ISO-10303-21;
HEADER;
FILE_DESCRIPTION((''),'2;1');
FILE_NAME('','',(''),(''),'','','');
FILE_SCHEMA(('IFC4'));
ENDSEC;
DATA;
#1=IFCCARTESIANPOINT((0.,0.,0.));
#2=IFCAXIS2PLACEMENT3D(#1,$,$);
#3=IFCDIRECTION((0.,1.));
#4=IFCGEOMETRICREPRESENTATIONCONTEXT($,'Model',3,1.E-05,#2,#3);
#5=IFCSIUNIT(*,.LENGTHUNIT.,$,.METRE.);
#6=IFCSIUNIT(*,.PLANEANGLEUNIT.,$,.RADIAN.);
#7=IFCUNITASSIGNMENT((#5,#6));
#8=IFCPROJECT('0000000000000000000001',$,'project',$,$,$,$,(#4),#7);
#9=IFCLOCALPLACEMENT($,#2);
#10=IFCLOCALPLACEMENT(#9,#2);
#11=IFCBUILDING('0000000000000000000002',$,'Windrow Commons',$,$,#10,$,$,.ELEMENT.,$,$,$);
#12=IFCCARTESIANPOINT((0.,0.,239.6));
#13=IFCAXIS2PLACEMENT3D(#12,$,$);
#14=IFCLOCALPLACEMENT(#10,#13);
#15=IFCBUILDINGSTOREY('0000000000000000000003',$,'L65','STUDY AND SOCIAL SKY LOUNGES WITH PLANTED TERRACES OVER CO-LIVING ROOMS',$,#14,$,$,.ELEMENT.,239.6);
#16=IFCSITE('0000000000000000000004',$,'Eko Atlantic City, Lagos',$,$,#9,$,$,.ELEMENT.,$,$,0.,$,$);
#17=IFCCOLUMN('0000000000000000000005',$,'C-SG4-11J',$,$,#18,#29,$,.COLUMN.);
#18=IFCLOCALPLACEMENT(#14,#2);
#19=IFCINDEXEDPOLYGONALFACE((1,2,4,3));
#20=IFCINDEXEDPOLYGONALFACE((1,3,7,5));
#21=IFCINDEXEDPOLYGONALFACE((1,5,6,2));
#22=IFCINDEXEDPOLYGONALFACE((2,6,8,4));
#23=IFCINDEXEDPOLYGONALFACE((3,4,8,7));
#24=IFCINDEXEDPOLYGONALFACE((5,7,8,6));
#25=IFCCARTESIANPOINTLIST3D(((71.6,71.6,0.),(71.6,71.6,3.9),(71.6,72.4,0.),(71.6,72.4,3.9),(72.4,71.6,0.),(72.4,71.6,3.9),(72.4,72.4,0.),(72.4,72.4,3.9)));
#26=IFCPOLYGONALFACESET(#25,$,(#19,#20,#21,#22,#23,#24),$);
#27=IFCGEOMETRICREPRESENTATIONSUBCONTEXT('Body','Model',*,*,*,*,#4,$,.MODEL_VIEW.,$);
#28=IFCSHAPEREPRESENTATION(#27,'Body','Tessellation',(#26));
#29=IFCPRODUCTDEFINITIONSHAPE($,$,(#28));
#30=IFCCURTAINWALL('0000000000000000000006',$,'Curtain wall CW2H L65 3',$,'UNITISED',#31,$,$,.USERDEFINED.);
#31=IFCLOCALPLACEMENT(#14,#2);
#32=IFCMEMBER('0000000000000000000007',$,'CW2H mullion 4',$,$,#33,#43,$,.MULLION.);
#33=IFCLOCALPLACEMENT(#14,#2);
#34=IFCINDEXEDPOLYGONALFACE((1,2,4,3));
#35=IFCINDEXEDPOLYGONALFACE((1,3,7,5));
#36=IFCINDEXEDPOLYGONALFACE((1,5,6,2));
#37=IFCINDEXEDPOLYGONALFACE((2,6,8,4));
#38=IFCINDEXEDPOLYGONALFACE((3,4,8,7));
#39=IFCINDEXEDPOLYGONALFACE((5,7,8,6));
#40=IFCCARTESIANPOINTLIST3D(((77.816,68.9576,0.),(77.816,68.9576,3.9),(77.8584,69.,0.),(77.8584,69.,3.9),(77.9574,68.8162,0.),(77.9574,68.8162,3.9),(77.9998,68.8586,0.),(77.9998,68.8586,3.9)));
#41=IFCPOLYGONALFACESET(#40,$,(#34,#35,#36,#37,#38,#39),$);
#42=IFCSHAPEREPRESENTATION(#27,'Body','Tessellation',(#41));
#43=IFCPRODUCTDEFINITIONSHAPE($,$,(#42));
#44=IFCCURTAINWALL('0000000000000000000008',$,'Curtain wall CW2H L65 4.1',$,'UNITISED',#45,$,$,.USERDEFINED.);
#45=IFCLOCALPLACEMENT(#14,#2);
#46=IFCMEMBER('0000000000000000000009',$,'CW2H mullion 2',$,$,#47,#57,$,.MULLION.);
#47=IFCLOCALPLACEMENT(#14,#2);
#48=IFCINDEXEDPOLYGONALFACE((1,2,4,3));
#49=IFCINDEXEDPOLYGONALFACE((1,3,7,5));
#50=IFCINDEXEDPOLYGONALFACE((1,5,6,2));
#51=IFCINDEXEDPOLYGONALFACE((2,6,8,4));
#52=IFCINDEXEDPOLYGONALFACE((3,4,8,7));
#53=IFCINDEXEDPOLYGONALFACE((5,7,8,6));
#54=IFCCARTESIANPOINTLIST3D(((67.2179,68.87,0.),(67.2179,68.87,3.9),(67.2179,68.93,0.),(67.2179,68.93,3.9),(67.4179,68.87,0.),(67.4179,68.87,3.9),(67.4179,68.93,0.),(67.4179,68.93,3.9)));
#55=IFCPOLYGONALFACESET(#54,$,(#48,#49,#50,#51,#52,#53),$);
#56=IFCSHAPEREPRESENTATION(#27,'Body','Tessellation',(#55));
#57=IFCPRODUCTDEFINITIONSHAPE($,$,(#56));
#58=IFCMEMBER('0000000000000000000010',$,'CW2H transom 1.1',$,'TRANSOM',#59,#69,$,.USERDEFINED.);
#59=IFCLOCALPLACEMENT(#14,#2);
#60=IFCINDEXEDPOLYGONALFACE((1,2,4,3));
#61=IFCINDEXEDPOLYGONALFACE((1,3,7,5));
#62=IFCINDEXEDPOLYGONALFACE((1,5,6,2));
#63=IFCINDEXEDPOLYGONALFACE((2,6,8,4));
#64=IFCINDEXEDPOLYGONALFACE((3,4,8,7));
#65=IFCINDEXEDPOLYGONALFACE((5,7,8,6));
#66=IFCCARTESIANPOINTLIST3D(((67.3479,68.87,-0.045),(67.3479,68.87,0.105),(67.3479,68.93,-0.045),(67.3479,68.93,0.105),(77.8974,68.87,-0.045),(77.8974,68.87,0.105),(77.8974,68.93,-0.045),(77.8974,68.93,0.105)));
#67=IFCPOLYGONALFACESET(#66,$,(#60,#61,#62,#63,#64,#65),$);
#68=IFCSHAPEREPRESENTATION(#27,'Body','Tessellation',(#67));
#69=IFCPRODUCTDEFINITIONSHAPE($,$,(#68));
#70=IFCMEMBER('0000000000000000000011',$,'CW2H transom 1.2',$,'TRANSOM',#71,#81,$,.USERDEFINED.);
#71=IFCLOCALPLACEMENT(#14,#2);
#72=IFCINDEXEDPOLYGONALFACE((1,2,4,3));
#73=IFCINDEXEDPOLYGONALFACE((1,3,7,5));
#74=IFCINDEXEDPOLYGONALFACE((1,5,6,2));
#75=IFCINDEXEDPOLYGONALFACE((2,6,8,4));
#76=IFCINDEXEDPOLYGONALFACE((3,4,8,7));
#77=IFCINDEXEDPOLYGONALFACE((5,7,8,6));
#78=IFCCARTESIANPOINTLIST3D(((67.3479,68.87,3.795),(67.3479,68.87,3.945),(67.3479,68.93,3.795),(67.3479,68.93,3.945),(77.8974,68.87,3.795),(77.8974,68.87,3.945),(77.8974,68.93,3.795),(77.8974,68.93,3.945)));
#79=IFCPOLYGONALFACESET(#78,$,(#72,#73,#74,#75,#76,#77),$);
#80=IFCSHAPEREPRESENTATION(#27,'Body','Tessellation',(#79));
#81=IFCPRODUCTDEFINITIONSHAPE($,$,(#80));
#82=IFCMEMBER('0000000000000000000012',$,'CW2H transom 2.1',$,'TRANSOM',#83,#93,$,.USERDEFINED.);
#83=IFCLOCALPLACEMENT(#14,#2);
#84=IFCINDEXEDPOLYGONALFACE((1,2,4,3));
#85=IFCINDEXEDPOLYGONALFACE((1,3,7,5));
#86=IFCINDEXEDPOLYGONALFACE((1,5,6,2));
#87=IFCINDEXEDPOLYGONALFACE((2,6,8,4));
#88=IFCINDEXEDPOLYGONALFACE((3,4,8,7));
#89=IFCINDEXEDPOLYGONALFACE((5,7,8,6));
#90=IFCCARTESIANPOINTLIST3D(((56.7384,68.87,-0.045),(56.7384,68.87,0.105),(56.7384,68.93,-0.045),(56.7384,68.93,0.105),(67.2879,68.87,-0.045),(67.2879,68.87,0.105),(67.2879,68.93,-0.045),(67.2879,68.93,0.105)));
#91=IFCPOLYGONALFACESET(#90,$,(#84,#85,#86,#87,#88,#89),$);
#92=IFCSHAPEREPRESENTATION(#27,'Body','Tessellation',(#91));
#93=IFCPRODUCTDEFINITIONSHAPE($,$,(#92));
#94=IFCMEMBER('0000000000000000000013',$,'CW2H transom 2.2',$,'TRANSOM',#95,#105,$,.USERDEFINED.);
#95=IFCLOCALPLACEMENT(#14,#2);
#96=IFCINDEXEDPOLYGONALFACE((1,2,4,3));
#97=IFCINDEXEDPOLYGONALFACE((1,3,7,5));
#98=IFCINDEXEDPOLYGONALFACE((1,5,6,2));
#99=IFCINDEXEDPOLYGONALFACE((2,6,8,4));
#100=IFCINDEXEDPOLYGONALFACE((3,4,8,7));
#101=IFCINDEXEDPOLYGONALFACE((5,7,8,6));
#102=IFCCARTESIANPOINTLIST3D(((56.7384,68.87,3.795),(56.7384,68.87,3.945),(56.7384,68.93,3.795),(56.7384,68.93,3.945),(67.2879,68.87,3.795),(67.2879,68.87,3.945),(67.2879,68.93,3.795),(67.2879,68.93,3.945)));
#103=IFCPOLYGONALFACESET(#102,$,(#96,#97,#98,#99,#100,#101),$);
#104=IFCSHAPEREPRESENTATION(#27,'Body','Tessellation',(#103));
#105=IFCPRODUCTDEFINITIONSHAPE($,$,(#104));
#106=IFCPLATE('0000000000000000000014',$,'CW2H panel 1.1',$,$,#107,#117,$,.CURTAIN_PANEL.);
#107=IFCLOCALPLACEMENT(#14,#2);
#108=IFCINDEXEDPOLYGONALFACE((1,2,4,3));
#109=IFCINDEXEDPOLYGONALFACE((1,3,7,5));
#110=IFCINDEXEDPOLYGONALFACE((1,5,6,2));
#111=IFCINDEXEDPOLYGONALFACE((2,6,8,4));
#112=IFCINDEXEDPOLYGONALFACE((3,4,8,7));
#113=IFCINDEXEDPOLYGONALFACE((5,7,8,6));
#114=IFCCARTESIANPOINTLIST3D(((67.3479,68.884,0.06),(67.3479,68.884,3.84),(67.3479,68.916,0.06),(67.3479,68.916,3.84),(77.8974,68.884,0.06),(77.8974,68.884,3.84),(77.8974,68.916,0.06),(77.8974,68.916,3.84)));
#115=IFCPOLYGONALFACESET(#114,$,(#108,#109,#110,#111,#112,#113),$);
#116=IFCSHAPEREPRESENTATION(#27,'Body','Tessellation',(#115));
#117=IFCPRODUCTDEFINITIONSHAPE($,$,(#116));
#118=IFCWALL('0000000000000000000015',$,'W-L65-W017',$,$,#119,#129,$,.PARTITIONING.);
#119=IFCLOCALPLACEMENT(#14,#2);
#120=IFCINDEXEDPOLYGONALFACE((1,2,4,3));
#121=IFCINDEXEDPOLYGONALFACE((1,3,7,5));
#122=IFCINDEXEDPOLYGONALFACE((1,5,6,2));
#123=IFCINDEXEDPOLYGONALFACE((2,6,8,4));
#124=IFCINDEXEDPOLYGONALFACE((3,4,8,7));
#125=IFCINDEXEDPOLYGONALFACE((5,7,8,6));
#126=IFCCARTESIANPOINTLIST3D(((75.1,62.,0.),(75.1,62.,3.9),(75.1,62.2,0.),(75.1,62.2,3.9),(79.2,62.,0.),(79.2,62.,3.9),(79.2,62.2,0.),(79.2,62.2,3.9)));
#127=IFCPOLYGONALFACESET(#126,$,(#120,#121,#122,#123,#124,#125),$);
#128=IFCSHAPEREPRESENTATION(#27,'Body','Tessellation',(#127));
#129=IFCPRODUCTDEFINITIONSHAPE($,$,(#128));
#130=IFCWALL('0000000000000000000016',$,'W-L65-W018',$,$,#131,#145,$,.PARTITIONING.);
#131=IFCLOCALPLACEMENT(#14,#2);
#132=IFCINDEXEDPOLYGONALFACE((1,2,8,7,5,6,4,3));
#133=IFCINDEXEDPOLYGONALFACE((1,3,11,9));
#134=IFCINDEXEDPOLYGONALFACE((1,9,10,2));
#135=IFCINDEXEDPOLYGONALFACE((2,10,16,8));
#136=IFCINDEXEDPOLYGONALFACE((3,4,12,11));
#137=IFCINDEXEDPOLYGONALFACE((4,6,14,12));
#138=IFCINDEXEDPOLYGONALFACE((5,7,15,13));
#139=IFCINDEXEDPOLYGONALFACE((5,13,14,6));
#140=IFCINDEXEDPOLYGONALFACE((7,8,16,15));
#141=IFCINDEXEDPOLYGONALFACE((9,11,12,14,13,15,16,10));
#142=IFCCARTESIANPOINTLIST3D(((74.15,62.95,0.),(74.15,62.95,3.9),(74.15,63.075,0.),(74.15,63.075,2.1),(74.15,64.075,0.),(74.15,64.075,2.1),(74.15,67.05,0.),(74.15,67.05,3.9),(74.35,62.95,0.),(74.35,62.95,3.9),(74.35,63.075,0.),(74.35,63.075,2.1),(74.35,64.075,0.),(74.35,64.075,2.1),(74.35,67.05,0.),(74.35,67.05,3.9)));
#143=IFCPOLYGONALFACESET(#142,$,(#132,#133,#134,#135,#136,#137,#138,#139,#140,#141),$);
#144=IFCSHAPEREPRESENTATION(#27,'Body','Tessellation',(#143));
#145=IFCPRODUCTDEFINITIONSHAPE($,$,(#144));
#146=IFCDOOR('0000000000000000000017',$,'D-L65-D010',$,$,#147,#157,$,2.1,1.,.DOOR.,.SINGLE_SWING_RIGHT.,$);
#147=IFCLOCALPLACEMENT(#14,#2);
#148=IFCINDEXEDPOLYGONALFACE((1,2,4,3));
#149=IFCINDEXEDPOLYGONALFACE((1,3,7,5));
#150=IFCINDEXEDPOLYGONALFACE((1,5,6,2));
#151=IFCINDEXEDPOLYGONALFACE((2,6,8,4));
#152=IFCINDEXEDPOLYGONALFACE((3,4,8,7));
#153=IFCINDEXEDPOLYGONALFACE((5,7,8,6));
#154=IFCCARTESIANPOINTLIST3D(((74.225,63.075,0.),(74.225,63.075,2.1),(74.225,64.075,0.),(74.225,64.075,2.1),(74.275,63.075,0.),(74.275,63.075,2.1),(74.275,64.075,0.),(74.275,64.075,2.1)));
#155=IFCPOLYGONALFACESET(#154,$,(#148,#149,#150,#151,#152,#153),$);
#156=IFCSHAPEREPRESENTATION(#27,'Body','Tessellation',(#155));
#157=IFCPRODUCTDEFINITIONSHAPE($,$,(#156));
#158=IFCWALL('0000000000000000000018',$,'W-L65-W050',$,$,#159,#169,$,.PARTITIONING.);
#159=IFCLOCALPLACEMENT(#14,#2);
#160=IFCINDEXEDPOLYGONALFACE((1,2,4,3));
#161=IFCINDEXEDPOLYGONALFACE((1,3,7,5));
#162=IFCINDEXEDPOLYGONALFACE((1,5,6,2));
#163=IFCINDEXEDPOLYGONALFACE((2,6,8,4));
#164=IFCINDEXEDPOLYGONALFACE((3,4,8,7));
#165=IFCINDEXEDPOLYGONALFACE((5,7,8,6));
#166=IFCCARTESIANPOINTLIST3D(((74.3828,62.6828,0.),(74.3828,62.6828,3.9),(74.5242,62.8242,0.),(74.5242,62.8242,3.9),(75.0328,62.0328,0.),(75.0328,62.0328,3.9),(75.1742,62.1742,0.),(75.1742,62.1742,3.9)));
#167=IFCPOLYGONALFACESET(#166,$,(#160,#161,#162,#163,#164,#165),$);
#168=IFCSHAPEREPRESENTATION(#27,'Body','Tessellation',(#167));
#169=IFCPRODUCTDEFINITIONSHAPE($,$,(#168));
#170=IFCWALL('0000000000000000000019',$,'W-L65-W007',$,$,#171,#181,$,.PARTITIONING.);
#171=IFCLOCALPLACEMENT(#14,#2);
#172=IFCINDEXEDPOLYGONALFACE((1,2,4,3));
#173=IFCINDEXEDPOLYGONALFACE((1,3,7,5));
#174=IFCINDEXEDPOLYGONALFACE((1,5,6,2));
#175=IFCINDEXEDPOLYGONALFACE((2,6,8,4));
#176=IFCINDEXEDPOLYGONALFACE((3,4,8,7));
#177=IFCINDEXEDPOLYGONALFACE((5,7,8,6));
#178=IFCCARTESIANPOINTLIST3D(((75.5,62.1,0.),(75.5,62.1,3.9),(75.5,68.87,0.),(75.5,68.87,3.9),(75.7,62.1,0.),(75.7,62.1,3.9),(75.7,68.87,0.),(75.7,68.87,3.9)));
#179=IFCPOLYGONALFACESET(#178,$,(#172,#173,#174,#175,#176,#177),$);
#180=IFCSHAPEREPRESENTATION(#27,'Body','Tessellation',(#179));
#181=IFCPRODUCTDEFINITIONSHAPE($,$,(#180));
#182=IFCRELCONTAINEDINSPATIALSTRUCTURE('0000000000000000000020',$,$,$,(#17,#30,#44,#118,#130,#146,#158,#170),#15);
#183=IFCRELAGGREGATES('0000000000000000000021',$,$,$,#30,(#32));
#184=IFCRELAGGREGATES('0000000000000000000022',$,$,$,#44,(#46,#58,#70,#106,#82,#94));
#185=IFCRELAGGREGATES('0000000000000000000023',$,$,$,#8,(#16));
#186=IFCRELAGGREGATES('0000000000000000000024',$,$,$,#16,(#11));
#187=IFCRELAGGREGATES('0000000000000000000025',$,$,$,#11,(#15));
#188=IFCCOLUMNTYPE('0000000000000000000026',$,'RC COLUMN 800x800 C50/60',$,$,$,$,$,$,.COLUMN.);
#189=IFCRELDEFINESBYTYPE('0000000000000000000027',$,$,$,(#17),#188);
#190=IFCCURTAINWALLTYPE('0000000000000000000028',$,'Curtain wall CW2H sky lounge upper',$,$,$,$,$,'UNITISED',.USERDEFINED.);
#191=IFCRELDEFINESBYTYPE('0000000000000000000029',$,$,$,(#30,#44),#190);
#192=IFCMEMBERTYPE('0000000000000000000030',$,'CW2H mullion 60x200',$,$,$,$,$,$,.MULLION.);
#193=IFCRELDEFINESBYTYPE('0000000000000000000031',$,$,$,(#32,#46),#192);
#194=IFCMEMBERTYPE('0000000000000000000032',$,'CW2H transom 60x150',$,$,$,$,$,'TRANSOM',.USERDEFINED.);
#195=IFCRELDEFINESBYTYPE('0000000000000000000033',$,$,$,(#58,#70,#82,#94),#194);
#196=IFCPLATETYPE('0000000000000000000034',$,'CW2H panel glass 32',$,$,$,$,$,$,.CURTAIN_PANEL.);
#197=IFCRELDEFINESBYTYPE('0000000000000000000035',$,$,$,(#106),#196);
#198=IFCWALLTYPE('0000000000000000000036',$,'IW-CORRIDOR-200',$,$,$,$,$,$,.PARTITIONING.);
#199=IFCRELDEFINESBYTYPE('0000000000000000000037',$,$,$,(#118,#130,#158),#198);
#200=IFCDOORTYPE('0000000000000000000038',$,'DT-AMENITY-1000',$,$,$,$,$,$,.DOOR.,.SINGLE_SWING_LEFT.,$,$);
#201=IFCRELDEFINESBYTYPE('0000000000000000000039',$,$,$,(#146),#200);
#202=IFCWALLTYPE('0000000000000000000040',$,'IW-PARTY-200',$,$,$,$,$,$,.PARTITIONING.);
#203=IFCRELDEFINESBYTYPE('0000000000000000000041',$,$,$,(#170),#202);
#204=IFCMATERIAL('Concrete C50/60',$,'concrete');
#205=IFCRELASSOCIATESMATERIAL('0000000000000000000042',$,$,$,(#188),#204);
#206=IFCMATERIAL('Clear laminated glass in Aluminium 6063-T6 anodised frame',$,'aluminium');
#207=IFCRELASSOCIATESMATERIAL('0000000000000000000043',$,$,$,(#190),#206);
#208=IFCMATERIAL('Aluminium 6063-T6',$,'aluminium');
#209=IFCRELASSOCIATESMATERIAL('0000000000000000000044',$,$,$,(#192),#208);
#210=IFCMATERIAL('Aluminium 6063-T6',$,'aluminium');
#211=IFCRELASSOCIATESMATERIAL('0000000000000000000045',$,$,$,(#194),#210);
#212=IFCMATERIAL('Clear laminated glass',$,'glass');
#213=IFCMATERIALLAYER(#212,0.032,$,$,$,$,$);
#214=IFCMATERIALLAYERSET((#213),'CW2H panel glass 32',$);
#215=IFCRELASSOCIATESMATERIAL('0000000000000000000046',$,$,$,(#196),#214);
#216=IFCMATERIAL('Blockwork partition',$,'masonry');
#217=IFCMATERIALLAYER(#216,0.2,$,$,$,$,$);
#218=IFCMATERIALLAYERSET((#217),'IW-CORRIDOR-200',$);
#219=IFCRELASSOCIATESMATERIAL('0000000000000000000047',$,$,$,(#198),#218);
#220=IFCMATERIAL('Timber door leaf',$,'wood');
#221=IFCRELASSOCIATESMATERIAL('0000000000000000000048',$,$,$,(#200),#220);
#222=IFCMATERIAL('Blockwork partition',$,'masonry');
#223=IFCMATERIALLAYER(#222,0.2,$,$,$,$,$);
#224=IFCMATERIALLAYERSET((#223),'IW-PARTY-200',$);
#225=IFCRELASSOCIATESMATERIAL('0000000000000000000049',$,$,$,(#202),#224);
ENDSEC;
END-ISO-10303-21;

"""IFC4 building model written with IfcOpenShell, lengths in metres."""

from ifc_helpers import new_model, si_unit, direction, frame, frame_2d, origin, origin_2d, place, context, subcontext, project, spatial, rectangle, extrude, material, layer, layer_set, material_profile, profile_set, type_object, element, fill, aggregate, save


model = new_model("IFC4")

# Units and contexts
model_context = context("Model", 3, precision=1e-05, world=origin(), true_north=direction((0.0, 1.0)))
body_context = subcontext(model_context, "Body", "Model", "MODEL_VIEW")
ifc_project = project(units=[si_unit("LENGTHUNIT", "METRE"), si_unit("PLANEANGLEUNIT", "RADIAN")], contexts=[model_context])

# Site, building, storey
site_placement = place(None, origin())
site = spatial("IfcSite", under=ifc_project, at=site_placement, Name="Eko Atlantic City, Lagos", CompositionType="ELEMENT", RefElevation=0.0)
building_placement = place(site_placement, origin())
building = spatial("IfcBuilding", under=site, at=building_placement, Name="Windrow Commons", CompositionType="ELEMENT")
storey_placement = place(building_placement, frame((0.0, 0.0, 239.6)))
storey = spatial("IfcBuildingStorey", under=building, at=storey_placement, Name="L65", Description="STUDY AND SOCIAL SKY LOUNGES WITH PLANTED TERRACES OVER CO-LIVING ROOMS", CompositionType="ELEMENT", Elevation=239.6)

# Column
ifc_material_1 = material(Name="Concrete C50/60", Category="concrete")
ifc_material_profile_1 = material_profile(ifc_material_1, rectangle(XDim=0.8, YDim=0.8, at=origin_2d()))
ifc_profile_set_1 = profile_set([ifc_material_profile_1], Name="Concrete C50/60")
column_type = type_object("IfcColumnType", Name="RC COLUMN 800x800 C50/60", PredefinedType="COLUMN", material=ifc_profile_set_1)
column_placement = place(storey_placement, frame((72.0, 72.0, 0.0), z_axis=(0.0, 0.0, 1.0), x_axis=(1.0, 0.0, 0.0)))
element("IfcColumn", 1, at=column_placement, inside=storey, type_object=column_type, Name="C-SG4-11J", PredefinedType="COLUMN", context=body_context, shape_type="SweptSolid", body=[
    extrude(rectangle(XDim=0.8, YDim=0.8, at=origin_2d()), origin(), (0.0, 0.0, 1.0), 3.9),
])

# Curtain wall, member
ifc_material_2 = material(Name="Clear laminated glass in Aluminium 6063-T6 anodised frame", Category="aluminium")
curtain_wall_type = type_object("IfcCurtainWallType", Name="Curtain wall CW2H sky lounge upper", ElementType="UNITISED", PredefinedType="USERDEFINED", material=ifc_material_2)
placement = place(storey_placement, origin())
curtain_wall_1 = element("IfcCurtainWall", 2, at=placement, inside=storey, type_object=curtain_wall_type, Name="Curtain wall CW2H L65 3", ObjectType="UNITISED", PredefinedType="USERDEFINED")
ifc_material_3 = material(Name="Aluminium 6063-T6", Category="aluminium")
ifc_material_profile_2 = material_profile(ifc_material_3, rectangle(XDim=0.06, YDim=0.2, at=origin_2d()))
ifc_profile_set_2 = profile_set([ifc_material_profile_2], Name="Aluminium 6063-T6")
member_type_1 = type_object("IfcMemberType", Name="CW2H mullion 60x200", PredefinedType="MULLION", material=ifc_profile_set_2)
member_1_placement = place(storey_placement, frame((77.9079, 68.9081, 0.0), z_axis=(0.0, 0.0, 1.0), x_axis=(-0.707107, -0.707107, 0.0)))
member_1 = element("IfcMember", 3, at=member_1_placement, type_object=member_type_1, Name="CW2H mullion 4", PredefinedType="MULLION", context=body_context, shape_type="SweptSolid", body=[
    extrude(rectangle(XDim=0.06, YDim=0.2, at=origin_2d()), origin(), (0.0, 0.0, 1.0), 3.9),
])
aggregate(curtain_wall_1, [member_1])

# Curtain wall, members, plate
curtain_wall_2 = element("IfcCurtainWall", 4, at=placement, inside=storey, type_object=curtain_wall_type, Name="Curtain wall CW2H L65 4.1", ObjectType="UNITISED", PredefinedType="USERDEFINED")
member_2_placement = place(storey_placement, frame((67.3179, 68.9, 0.0), z_axis=(0.0, 0.0, 1.0), x_axis=(0.0, -1.0, 0.0)))
member_2 = element("IfcMember", 5, at=member_2_placement, type_object=member_type_1, Name="CW2H mullion 2", PredefinedType="MULLION", context=body_context, shape_type="SweptSolid", body=[
    extrude(rectangle(XDim=0.06, YDim=0.2, at=origin_2d()), origin(), (0.0, 0.0, 1.0), 3.9),
])
ifc_material_4 = material(Name="Aluminium 6063-T6", Category="aluminium")
ifc_material_profile_3 = material_profile(ifc_material_4, rectangle(XDim=0.06, YDim=0.15, at=origin_2d()))
ifc_profile_set_3 = profile_set([ifc_material_profile_3], Name="Aluminium 6063-T6")
member_type_2 = type_object("IfcMemberType", Name="CW2H transom 60x150", ElementType="TRANSOM", PredefinedType="USERDEFINED", material=ifc_profile_set_3)
member_3_placement = place(storey_placement, frame((77.8974, 68.9, 0.03), z_axis=(-1.0, 0.0, 0.0), x_axis=(0.0, -1.0, 0.0)))
member_3 = element("IfcMember", 6, at=member_3_placement, type_object=member_type_2, Name="CW2H transom 1.1", ObjectType="TRANSOM", PredefinedType="USERDEFINED", context=body_context, shape_type="SweptSolid", body=[
    extrude(rectangle(XDim=0.06, YDim=0.15, at=origin_2d()), origin(), (0.0, 0.0, 1.0), 10.5495),
])
member_4_placement = place(storey_placement, frame((77.8974, 68.9, 3.87), z_axis=(-1.0, 0.0, 0.0), x_axis=(0.0, -1.0, 0.0)))
member_4 = element("IfcMember", 7, at=member_4_placement, type_object=member_type_2, Name="CW2H transom 1.2", ObjectType="TRANSOM", PredefinedType="USERDEFINED", context=body_context, shape_type="SweptSolid", body=[
    extrude(rectangle(XDim=0.06, YDim=0.15, at=origin_2d()), origin(), (0.0, 0.0, 1.0), 10.5495),
])
member_5_placement = place(storey_placement, frame((67.2879, 68.9, 0.03), z_axis=(-1.0, 0.0, 0.0), x_axis=(0.0, -1.0, 0.0)))
member_5 = element("IfcMember", 8, at=member_5_placement, type_object=member_type_2, Name="CW2H transom 2.1", ObjectType="TRANSOM", PredefinedType="USERDEFINED", context=body_context, shape_type="SweptSolid", body=[
    extrude(rectangle(XDim=0.06, YDim=0.15, at=origin_2d()), origin(), (0.0, 0.0, 1.0), 10.5495),
])
member_6_placement = place(storey_placement, frame((67.2879, 68.9, 3.87), z_axis=(-1.0, 0.0, 0.0), x_axis=(0.0, -1.0, 0.0)))
member_6 = element("IfcMember", 9, at=member_6_placement, type_object=member_type_2, Name="CW2H transom 2.2", ObjectType="TRANSOM", PredefinedType="USERDEFINED", context=body_context, shape_type="SweptSolid", body=[
    extrude(rectangle(XDim=0.06, YDim=0.15, at=origin_2d()), origin(), (0.0, 0.0, 1.0), 10.5495),
])
ifc_material_5 = material(Name="Clear laminated glass", Category="glass")
ifc_layer_1 = layer(ifc_material_5, 0.032)
ifc_layer_set_1 = layer_set([ifc_layer_1], Name="CW2H panel glass 32")
plate_type = type_object("IfcPlateType", Name="CW2H panel glass 32", PredefinedType="CURTAIN_PANEL", material=ifc_layer_set_1)
plate_placement = place(storey_placement, frame((72.6226, 68.9, 0.06), z_axis=(0.0, 0.0, 1.0), x_axis=(-1.0, 0.0, 0.0)))
plate = element("IfcPlate", 10, at=plate_placement, type_object=plate_type, Name="CW2H panel 1.1", PredefinedType="CURTAIN_PANEL", context=body_context, shape_type="SweptSolid", body=[
    extrude(rectangle(XDim=10.5495, YDim=0.032, at=origin_2d()), origin(), (0.0, 0.0, 1.0), 3.78),
])
aggregate(curtain_wall_2, [member_2, member_3, member_4, plate, member_5, member_6])

# Wall
ifc_material_6 = material(Name="Blockwork partition", Category="masonry")
ifc_layer_2 = layer(ifc_material_6, 0.2)
ifc_layer_set_2 = layer_set([ifc_layer_2], Name="IW-CORRIDOR-200")
wall_type_1 = type_object("IfcWallType", Name="IW-CORRIDOR-200", PredefinedType="PARTITIONING", material=ifc_layer_set_2)
wall_1_placement = place(storey_placement, frame((75.1, 62.1, 0.0), z_axis=(0.0, 0.0, 1.0), x_axis=(1.0, 0.0, 0.0)))
element("IfcWall", 11, at=wall_1_placement, inside=storey, type_object=wall_type_1, Name="W-L65-W017", PredefinedType="PARTITIONING", context=body_context, shape_type="SweptSolid", body=[
    extrude(rectangle(XDim=4.1, YDim=0.2, at=frame_2d((2.05, 0.0))), origin(), (0.0, 0.0, 1.0), 3.9),
])

# Wall, opening, door
wall_2_placement = place(storey_placement, frame((74.25, 62.95, 0.0), z_axis=(0.0, 0.0, 1.0), x_axis=(0.0, 1.0, 0.0)))
wall_2 = element("IfcWall", 12, at=wall_2_placement, inside=storey, type_object=wall_type_1, Name="W-L65-W018", PredefinedType="PARTITIONING", context=body_context, shape_type="SweptSolid", body=[
    extrude(rectangle(XDim=4.1, YDim=0.2, at=frame_2d((2.05, 0.0))), origin(), (0.0, 0.0, 1.0), 3.9),
])
opening_placement = place(wall_2_placement, frame((0.125, 0.0, 0.0)))
opening = element("IfcOpeningElement", 13, at=opening_placement, cuts=wall_2, PredefinedType="OPENING", context=body_context, shape_type="SweptSolid", body=[
    extrude(rectangle(XDim=1.0, YDim=2.1, at=frame_2d((0.5, 1.05))), frame((0.0, 0.11, 0.0), z_axis=(0.0, -1.0, 0.0), x_axis=(1.0, 0.0, 0.0)), (0.0, 0.0, 1.0), 0.22),
])
ifc_material_7 = material(Name="Timber door leaf", Category="wood")
door_type = type_object("IfcDoorType", Name="DT-AMENITY-1000", OperationType="SINGLE_SWING_LEFT", PredefinedType="DOOR", material=ifc_material_7)
door_placement = place(opening_placement, origin())
door = element("IfcDoor", 14, at=door_placement, inside=storey, type_object=door_type, Name="D-L65-D010", OperationType="SINGLE_SWING_RIGHT", OverallHeight=2.1, OverallWidth=1.0, PredefinedType="DOOR", context=body_context, shape_type="SweptSolid", body=[
    extrude(rectangle(XDim=1.0, YDim=2.1, at=frame_2d((0.5, 1.05))), frame((0.0, 0.025, 0.0), z_axis=(0.0, -1.0, 0.0), x_axis=(1.0, 0.0, 0.0)), (0.0, 0.0, 1.0), 0.05),
])
fill(opening, door)

# Walls
wall_3_placement = place(storey_placement, frame((74.4535, 62.7535, 0.0), z_axis=(0.0, 0.0, 1.0), x_axis=(0.707107, -0.707107, 0.0)))
element("IfcWall", 15, at=wall_3_placement, inside=storey, type_object=wall_type_1, Name="W-L65-W050", PredefinedType="PARTITIONING", context=body_context, shape_type="SweptSolid", body=[
    extrude(rectangle(XDim=0.9192, YDim=0.2, at=frame_2d((0.4596, 0.0))), origin(), (0.0, 0.0, 1.0), 3.9),
])
ifc_material_8 = material(Name="Blockwork partition", Category="masonry")
ifc_layer_3 = layer(ifc_material_8, 0.2)
ifc_layer_set_3 = layer_set([ifc_layer_3], Name="IW-PARTY-200")
wall_type_2 = type_object("IfcWallType", Name="IW-PARTY-200", PredefinedType="PARTITIONING", material=ifc_layer_set_3)
wall_4_placement = place(storey_placement, frame((75.6, 62.1, 0.0), z_axis=(0.0, 0.0, 1.0), x_axis=(0.0, 1.0, 0.0)))
element("IfcWall", 16, at=wall_4_placement, inside=storey, type_object=wall_type_2, Name="W-L65-W007", PredefinedType="PARTITIONING", context=body_context, shape_type="SweptSolid", body=[
    extrude(rectangle(XDim=6.77, YDim=0.2, at=frame_2d((3.385, 0.0))), origin(), (0.0, 0.0, 1.0), 3.9),
])

save(model, "model.ifc")
